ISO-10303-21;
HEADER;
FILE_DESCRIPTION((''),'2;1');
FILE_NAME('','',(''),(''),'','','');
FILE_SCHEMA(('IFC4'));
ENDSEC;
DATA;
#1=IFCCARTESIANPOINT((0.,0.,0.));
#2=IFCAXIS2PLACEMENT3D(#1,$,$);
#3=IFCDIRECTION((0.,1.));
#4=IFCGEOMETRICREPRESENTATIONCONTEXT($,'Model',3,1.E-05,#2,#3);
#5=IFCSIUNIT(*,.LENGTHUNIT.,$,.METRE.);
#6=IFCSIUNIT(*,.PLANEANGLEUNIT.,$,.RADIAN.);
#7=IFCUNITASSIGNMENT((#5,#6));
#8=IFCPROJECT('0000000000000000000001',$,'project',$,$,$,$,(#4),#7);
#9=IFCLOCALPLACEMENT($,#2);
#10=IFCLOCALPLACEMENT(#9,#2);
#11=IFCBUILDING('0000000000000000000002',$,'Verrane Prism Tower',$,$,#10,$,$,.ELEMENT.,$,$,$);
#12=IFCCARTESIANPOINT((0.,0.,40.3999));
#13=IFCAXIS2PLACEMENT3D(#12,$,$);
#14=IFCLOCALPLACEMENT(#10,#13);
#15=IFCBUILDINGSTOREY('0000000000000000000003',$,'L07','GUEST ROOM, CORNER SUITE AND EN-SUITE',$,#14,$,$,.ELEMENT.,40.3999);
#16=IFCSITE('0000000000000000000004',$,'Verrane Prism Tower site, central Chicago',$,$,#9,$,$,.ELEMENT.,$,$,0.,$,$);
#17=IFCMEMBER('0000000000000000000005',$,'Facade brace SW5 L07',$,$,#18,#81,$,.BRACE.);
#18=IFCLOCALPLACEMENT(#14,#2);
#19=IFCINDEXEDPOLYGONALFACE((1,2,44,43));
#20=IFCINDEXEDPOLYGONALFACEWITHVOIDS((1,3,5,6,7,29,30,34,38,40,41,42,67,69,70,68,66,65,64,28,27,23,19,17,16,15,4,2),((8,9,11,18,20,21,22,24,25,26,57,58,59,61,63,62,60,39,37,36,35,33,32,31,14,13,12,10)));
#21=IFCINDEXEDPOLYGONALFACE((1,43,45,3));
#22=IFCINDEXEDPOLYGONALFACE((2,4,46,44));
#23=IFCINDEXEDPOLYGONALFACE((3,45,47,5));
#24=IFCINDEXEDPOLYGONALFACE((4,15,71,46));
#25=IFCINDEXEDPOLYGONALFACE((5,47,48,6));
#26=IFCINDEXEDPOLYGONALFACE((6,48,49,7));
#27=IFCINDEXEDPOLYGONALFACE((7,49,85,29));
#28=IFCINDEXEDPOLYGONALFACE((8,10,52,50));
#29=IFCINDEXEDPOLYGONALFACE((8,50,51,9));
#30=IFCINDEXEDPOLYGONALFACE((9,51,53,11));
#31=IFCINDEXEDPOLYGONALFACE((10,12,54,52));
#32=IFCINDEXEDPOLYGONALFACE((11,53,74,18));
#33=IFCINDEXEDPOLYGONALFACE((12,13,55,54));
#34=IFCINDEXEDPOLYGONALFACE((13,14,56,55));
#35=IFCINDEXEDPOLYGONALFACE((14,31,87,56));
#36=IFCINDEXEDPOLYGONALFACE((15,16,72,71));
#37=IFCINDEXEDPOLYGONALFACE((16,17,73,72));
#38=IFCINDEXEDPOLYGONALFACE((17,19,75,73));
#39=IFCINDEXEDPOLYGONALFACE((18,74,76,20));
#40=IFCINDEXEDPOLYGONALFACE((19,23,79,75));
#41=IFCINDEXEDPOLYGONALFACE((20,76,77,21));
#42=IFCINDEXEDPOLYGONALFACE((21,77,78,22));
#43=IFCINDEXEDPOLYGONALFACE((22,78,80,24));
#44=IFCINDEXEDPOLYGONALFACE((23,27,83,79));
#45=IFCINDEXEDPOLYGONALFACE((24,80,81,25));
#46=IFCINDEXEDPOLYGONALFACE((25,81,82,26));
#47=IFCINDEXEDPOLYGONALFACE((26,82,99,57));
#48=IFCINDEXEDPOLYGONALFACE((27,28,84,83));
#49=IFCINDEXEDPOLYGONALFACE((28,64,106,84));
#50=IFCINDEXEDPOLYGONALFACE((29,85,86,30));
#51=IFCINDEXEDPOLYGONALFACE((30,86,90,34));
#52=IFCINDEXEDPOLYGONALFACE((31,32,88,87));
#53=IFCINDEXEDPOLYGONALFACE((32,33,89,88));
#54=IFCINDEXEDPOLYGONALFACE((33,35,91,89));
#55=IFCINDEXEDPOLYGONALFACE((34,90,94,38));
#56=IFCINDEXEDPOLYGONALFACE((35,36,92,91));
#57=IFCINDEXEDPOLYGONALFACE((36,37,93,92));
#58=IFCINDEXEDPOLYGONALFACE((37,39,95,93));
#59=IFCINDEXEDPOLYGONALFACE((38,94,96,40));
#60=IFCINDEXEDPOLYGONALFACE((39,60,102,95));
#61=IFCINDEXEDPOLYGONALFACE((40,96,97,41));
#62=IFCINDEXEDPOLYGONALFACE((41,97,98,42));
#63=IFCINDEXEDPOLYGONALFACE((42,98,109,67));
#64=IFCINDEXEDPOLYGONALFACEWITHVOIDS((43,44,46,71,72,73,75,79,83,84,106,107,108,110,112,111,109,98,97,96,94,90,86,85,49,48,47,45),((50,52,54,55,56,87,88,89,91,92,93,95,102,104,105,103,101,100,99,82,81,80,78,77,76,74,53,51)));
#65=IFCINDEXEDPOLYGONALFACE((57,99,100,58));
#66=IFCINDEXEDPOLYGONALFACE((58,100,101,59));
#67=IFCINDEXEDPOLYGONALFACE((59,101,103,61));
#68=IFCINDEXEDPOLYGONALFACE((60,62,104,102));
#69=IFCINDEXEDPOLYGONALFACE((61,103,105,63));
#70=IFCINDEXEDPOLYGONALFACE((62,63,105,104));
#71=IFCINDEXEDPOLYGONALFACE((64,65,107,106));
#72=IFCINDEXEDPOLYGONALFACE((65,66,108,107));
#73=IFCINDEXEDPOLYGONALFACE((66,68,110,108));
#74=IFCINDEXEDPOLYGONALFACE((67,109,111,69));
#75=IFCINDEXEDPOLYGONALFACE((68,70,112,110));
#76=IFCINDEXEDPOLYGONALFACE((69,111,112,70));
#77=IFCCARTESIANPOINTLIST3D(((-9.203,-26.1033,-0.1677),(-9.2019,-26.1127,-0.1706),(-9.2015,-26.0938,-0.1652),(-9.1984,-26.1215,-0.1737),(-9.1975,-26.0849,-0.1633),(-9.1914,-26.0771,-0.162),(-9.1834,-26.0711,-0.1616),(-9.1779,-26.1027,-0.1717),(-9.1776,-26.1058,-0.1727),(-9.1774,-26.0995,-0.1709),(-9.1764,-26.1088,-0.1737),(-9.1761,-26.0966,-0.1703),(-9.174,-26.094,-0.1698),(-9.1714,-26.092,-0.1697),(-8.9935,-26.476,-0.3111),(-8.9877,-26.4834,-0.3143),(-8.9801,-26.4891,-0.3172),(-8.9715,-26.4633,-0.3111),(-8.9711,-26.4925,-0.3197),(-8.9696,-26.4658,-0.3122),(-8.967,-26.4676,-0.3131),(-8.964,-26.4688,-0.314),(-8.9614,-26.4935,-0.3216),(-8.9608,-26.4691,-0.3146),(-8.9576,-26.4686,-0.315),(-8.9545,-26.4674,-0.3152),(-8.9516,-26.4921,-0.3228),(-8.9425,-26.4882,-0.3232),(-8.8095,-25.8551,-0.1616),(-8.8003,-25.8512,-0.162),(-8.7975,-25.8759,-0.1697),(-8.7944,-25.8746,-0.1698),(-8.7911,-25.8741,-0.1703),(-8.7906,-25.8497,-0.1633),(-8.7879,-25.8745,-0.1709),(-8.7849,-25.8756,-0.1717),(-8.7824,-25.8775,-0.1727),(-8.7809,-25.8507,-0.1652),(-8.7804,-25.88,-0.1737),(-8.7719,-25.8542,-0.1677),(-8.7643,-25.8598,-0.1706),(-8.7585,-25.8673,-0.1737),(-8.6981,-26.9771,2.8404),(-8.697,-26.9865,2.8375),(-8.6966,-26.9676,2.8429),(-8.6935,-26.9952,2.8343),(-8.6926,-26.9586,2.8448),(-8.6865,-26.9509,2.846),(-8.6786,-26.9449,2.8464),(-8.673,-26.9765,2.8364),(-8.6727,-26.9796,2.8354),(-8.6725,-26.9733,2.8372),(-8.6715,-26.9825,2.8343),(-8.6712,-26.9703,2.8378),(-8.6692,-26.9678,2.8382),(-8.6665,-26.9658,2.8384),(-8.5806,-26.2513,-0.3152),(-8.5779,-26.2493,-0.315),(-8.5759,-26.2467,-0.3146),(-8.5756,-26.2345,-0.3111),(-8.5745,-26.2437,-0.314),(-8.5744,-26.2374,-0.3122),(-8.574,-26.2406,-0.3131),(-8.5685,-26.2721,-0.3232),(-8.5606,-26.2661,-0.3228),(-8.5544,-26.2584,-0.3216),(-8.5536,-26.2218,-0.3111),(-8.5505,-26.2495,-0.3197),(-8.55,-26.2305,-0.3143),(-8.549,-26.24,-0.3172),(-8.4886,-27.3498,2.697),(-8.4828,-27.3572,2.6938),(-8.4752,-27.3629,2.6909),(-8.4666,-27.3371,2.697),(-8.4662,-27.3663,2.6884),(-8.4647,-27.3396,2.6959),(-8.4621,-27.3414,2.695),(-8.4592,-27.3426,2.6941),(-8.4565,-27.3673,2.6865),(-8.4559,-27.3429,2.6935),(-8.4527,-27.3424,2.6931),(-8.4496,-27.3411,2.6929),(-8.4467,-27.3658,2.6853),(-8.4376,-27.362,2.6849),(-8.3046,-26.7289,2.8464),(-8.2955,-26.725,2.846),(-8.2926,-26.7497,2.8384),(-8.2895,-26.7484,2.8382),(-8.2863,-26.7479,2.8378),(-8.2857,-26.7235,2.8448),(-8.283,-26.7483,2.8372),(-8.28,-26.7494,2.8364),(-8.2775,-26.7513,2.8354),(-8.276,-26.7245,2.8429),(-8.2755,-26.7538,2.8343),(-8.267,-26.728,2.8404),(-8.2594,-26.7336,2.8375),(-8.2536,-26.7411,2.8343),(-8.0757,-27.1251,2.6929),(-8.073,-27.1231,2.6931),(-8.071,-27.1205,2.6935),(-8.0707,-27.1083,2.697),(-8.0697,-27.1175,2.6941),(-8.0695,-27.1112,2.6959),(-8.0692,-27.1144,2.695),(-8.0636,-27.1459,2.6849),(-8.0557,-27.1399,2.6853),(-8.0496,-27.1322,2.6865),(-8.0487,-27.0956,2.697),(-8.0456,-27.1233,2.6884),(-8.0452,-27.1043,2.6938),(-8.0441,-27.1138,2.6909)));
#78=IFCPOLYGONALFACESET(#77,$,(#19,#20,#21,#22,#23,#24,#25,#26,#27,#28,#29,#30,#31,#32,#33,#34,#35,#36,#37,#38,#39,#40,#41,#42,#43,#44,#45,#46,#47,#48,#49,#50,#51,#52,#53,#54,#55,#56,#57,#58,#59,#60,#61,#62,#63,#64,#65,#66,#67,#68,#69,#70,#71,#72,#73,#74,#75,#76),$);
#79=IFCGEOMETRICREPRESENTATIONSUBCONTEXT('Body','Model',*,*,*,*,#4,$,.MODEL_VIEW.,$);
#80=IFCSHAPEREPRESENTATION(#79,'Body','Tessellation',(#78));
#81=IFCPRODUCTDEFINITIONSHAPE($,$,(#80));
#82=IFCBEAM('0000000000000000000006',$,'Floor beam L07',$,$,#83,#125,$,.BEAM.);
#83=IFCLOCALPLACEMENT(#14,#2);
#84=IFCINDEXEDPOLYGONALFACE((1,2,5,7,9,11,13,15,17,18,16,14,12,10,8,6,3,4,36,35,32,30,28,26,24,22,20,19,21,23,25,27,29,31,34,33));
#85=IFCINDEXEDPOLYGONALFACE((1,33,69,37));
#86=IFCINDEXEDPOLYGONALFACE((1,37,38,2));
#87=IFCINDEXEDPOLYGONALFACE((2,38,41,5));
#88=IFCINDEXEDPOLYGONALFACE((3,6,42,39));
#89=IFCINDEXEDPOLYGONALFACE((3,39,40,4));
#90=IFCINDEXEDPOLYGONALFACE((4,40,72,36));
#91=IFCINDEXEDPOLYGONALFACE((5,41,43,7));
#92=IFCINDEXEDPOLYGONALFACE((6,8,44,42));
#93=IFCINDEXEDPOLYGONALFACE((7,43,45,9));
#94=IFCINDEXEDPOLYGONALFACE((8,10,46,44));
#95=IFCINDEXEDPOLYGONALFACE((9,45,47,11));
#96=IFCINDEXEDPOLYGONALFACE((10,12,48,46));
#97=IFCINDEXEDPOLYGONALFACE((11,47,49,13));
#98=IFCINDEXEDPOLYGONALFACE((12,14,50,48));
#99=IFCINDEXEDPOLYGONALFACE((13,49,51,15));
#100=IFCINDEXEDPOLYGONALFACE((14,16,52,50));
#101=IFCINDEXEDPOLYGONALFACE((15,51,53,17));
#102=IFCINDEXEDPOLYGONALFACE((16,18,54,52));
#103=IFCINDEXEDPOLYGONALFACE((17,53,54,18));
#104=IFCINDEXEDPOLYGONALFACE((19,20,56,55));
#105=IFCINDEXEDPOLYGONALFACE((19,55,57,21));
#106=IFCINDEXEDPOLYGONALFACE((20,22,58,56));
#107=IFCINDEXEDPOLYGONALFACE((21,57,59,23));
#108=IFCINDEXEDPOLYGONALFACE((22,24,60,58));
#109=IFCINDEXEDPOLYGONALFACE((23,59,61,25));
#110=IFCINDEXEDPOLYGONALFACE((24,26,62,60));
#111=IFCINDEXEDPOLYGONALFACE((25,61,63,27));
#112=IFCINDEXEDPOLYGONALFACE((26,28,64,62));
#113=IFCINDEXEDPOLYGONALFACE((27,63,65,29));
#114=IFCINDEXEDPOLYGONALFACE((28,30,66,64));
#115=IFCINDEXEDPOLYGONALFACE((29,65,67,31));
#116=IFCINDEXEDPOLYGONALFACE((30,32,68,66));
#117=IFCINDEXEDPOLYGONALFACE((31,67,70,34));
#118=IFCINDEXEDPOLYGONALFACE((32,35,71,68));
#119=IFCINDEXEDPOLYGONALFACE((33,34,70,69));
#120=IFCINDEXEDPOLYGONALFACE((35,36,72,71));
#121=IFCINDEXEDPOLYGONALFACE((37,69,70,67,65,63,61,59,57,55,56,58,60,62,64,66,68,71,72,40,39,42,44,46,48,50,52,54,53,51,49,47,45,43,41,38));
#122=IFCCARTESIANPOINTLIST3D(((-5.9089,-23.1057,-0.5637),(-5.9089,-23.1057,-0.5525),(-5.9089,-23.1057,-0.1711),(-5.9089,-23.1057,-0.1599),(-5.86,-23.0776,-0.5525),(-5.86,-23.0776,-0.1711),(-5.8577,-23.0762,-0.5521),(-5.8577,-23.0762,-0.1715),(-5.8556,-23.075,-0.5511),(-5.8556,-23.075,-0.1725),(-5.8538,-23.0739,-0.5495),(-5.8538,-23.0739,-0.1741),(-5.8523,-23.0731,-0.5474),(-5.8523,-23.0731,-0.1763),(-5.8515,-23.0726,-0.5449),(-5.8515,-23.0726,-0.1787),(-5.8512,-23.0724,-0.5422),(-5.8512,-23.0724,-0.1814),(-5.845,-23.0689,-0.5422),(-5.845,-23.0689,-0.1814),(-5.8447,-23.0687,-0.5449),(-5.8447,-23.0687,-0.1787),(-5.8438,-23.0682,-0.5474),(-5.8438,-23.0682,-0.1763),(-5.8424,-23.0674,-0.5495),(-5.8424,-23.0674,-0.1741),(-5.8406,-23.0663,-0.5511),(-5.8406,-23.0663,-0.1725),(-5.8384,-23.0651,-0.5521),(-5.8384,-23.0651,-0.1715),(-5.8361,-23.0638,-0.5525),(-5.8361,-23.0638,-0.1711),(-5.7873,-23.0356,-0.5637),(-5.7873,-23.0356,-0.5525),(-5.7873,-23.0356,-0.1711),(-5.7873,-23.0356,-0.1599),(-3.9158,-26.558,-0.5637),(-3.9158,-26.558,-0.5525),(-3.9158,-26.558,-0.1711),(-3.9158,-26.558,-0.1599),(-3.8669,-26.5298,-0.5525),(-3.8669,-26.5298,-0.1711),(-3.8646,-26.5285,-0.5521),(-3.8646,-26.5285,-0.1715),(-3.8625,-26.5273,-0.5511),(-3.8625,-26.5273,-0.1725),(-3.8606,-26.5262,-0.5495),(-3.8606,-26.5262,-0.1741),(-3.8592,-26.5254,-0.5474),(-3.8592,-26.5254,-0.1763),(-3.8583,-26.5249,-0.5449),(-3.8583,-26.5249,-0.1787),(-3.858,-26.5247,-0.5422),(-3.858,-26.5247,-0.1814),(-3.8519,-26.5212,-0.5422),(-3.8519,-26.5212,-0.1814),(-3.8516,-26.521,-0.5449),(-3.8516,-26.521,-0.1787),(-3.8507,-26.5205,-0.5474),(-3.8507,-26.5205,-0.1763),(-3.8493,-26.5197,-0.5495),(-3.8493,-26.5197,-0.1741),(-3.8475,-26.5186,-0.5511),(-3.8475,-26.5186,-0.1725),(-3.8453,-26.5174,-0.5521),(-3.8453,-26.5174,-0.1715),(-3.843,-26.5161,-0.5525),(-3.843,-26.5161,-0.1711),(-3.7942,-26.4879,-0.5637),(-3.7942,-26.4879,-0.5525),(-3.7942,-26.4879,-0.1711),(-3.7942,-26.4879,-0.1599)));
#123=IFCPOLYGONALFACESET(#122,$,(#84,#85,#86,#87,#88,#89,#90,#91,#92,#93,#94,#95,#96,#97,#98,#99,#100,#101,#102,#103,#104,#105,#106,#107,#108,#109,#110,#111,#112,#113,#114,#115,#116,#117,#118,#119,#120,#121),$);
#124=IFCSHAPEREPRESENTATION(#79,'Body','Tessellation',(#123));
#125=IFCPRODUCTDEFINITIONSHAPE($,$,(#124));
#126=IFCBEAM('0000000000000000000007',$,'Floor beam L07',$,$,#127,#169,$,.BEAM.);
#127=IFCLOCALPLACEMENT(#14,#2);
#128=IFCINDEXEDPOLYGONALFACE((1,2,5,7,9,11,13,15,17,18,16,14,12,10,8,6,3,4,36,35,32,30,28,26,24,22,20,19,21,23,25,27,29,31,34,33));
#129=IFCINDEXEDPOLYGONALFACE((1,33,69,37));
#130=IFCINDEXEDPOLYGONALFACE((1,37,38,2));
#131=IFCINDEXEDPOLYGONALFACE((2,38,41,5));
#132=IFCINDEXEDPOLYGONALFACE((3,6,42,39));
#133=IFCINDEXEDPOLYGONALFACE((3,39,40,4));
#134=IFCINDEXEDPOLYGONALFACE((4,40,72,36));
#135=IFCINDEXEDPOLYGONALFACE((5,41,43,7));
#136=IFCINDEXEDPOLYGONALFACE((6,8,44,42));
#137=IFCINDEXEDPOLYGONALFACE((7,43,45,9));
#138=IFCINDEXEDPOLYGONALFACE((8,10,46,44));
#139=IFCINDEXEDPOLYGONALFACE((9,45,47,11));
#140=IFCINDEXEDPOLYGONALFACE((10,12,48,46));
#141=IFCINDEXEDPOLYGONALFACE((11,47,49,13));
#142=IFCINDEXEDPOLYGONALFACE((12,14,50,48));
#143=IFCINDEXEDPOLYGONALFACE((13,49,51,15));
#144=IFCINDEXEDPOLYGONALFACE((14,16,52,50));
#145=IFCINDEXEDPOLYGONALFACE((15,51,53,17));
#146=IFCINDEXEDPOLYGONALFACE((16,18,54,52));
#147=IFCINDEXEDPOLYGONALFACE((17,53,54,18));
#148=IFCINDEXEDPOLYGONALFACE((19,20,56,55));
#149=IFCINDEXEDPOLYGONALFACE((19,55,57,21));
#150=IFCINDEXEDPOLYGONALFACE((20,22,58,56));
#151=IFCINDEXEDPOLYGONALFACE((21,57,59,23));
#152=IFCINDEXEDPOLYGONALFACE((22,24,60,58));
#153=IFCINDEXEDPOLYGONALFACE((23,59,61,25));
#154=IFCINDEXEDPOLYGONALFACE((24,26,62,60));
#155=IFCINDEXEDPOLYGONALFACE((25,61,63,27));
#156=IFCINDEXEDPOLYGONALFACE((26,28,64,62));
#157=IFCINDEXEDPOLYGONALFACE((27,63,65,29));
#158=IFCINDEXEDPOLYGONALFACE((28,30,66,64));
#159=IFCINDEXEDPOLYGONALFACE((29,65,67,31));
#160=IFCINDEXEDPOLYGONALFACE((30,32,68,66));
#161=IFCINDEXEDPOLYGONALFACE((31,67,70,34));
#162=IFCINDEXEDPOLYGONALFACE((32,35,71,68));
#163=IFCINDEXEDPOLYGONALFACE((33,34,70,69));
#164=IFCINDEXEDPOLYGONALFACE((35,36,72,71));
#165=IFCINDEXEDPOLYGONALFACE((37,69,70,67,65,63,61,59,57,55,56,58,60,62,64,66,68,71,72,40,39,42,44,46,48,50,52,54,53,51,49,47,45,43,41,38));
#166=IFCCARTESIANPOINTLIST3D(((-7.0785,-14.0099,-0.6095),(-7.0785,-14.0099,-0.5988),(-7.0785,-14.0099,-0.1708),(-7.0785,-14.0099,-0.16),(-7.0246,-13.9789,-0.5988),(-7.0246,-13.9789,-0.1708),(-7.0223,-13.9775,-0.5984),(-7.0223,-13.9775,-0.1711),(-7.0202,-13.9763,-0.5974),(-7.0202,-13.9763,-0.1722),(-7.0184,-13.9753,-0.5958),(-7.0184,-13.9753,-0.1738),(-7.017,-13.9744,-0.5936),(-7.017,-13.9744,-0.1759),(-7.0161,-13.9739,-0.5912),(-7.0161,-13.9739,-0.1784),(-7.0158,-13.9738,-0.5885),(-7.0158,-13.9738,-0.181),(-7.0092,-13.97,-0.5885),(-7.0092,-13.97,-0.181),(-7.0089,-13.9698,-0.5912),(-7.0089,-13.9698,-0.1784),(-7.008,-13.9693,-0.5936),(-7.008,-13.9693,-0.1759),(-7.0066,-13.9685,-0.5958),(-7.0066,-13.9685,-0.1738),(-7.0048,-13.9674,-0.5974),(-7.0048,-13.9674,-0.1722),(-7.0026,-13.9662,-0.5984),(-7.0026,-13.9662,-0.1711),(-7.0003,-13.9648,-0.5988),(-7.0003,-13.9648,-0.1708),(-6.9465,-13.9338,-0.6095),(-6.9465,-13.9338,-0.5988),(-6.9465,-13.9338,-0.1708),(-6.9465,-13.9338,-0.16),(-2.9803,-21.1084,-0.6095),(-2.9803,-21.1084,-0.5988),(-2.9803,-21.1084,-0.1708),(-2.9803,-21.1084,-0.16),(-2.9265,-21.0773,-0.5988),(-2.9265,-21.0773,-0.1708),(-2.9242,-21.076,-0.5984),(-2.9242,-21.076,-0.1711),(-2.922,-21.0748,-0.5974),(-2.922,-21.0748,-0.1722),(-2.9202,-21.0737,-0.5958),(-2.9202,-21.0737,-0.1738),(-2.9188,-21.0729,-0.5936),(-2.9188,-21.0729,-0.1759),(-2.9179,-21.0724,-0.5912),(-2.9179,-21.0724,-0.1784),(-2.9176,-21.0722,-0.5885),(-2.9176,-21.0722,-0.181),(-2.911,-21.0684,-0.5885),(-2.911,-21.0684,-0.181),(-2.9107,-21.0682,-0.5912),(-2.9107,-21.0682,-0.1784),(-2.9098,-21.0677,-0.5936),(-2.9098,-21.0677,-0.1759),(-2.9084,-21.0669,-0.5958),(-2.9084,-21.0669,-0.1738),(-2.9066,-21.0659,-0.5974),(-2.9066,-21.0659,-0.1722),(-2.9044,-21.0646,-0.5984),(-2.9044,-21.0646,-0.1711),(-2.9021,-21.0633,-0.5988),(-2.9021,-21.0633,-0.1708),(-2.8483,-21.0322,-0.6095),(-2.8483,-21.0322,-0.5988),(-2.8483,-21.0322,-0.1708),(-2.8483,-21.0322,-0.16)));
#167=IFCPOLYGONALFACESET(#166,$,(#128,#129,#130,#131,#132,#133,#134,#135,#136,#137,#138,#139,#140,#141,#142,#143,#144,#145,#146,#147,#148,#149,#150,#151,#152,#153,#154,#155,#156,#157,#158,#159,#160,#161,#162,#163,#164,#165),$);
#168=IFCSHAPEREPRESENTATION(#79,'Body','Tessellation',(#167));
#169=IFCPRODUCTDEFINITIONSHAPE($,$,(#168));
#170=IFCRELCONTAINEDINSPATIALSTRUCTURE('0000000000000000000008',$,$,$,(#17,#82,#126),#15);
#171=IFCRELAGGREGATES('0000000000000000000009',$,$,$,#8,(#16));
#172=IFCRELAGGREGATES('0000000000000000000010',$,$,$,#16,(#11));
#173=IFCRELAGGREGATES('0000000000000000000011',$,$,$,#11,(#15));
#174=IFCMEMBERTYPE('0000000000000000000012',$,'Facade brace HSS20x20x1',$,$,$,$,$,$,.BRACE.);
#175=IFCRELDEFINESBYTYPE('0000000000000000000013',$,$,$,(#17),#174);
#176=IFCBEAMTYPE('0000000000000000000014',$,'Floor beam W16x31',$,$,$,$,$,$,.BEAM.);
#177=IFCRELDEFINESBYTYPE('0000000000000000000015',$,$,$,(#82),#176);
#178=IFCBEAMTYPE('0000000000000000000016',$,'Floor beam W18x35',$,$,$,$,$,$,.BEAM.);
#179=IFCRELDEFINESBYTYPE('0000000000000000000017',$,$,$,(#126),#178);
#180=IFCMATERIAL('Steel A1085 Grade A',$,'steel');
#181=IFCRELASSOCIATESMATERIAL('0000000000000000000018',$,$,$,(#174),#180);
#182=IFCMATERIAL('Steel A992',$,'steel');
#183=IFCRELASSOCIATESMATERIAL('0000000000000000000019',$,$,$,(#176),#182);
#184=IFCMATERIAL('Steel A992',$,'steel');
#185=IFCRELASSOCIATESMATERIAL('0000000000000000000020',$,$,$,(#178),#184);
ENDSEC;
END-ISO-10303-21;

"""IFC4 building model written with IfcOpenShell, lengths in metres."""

from ifc_helpers import new_model, si_unit, direction, frame, origin, origin_2d, place, context, subcontext, project, spatial, hollow_rectangle, i_section, extrude, material, material_profile, profile_set, type_object, element, save


model = new_model("IFC4")

# Units and contexts
model_context = context("Model", 3, precision=1e-05, world=origin(), true_north=direction((0.0, 1.0)))
body_context = subcontext(model_context, "Body", "Model", "MODEL_VIEW")
ifc_project = project(units=[si_unit("LENGTHUNIT", "METRE"), si_unit("PLANEANGLEUNIT", "RADIAN")], contexts=[model_context])

# Site, building, storey
site_placement = place(None, origin())
site = spatial("IfcSite", under=ifc_project, at=site_placement, Name="Verrane Prism Tower site, central Chicago", CompositionType="ELEMENT", RefElevation=0.0)
building_placement = place(site_placement, origin())
building = spatial("IfcBuilding", under=site, at=building_placement, Name="Verrane Prism Tower", CompositionType="ELEMENT")
storey_placement = place(building_placement, frame((0.0, 0.0, 40.3999)))
storey = spatial("IfcBuildingStorey", under=building, at=storey_placement, Name="L07", Description="GUEST ROOM, CORNER SUITE AND EN-SUITE", CompositionType="ELEMENT", Elevation=40.3999)

# Member
ifc_material_1 = material(Name="Steel A1085 Grade A", Category="steel")
ifc_material_profile_1 = material_profile(ifc_material_1, hollow_rectangle(XDim=0.5081, YDim=0.5081, WallThickness=0.0254, InnerFilletRadius=0.0127, OuterFilletRadius=0.0381, at=origin_2d()), Name="HSS20x20x1")
ifc_profile_set_1 = profile_set([ifc_material_profile_1], Name="Steel A1085 Grade A")
member_type_1 = type_object("IfcMemberType", Name="Facade brace HSS20x20x1", PredefinedType="BRACE", material=ifc_profile_set_1)
member_1_placement = place(storey_placement, frame((-8.876, -26.1716, -0.2424), z_axis=(0.159127, -0.275395, 0.94807), x_axis=(0.865851, 0.500302, 0.0)))
element("IfcMember", 1, at=member_1_placement, inside=storey, type_object=member_type_1, Name="Facade brace SW5 L07", PredefinedType="BRACE", context=body_context, shape_type="SweptSolid", body=[
    extrude(hollow_rectangle(XDim=0.5081, YDim=0.5081, WallThickness=0.0254, InnerFilletRadius=0.0127, OuterFilletRadius=0.0381, at=origin_2d()), origin(), (0.0, 0.0, 1.0), 3.1729),
])

# Beams
ifc_material_2 = material(Name="Steel A992", Category="steel")
ifc_material_profile_2 = material_profile(ifc_material_2, i_section(OverallWidth=0.1404, OverallDepth=0.4038, WebThickness=0.0071, FlangeThickness=0.0112, FilletRadius=0.0103, at=origin_2d()), Name="W16x31")
ifc_profile_set_2 = profile_set([ifc_material_profile_2], Name="Steel A992")
beam_type_1 = type_object("IfcBeamType", Name="Floor beam W16x31", PredefinedType="BEAM", material=ifc_profile_set_2)
beam_1_placement = place(storey_placement, frame((-3.855, -26.5229, -0.3618), z_axis=(-0.499986, 0.866034, 0.0), x_axis=(-0.866034, -0.499986, 0.0)))
element("IfcBeam", 2, at=beam_1_placement, inside=storey, type_object=beam_type_1, Name="Floor beam L07", PredefinedType="BEAM", context=body_context, shape_type="SweptSolid", body=[
    extrude(i_section(OverallWidth=0.1404, OverallDepth=0.4038, WebThickness=0.0071, FlangeThickness=0.0112, FilletRadius=0.0103, at=origin_2d()), origin(), (0.0, 0.0, 1.0), 3.9863),
])
ifc_material_3 = material(Name="Steel A992", Category="steel")
ifc_material_profile_3 = material_profile(ifc_material_3, i_section(OverallWidth=0.1523, OverallDepth=0.4495, WebThickness=0.0076, FlangeThickness=0.0107, FilletRadius=0.0103, at=origin_2d()), Name="W18x35")
ifc_profile_set_3 = profile_set([ifc_material_profile_3], Name="Steel A992")
beam_type_2 = type_object("IfcBeamType", Name="Floor beam W18x35", PredefinedType="BEAM", material=ifc_profile_set_3)
beam_2_placement = place(storey_placement, frame((-2.9143, -21.0703, -0.3848), z_axis=(-0.49999, 0.866031, 0.0), x_axis=(-0.866031, -0.49999, 0.0)))
element("IfcBeam", 3, at=beam_2_placement, inside=storey, type_object=beam_type_2, Name="Floor beam L07", PredefinedType="BEAM", context=body_context, shape_type="SweptSolid", body=[
    extrude(i_section(OverallWidth=0.1523, OverallDepth=0.4495, WebThickness=0.0076, FlangeThickness=0.0107, FilletRadius=0.0103, at=origin_2d()), origin(), (0.0, 0.0, 1.0), 8.1965),
])

save(model, "model.ifc")
